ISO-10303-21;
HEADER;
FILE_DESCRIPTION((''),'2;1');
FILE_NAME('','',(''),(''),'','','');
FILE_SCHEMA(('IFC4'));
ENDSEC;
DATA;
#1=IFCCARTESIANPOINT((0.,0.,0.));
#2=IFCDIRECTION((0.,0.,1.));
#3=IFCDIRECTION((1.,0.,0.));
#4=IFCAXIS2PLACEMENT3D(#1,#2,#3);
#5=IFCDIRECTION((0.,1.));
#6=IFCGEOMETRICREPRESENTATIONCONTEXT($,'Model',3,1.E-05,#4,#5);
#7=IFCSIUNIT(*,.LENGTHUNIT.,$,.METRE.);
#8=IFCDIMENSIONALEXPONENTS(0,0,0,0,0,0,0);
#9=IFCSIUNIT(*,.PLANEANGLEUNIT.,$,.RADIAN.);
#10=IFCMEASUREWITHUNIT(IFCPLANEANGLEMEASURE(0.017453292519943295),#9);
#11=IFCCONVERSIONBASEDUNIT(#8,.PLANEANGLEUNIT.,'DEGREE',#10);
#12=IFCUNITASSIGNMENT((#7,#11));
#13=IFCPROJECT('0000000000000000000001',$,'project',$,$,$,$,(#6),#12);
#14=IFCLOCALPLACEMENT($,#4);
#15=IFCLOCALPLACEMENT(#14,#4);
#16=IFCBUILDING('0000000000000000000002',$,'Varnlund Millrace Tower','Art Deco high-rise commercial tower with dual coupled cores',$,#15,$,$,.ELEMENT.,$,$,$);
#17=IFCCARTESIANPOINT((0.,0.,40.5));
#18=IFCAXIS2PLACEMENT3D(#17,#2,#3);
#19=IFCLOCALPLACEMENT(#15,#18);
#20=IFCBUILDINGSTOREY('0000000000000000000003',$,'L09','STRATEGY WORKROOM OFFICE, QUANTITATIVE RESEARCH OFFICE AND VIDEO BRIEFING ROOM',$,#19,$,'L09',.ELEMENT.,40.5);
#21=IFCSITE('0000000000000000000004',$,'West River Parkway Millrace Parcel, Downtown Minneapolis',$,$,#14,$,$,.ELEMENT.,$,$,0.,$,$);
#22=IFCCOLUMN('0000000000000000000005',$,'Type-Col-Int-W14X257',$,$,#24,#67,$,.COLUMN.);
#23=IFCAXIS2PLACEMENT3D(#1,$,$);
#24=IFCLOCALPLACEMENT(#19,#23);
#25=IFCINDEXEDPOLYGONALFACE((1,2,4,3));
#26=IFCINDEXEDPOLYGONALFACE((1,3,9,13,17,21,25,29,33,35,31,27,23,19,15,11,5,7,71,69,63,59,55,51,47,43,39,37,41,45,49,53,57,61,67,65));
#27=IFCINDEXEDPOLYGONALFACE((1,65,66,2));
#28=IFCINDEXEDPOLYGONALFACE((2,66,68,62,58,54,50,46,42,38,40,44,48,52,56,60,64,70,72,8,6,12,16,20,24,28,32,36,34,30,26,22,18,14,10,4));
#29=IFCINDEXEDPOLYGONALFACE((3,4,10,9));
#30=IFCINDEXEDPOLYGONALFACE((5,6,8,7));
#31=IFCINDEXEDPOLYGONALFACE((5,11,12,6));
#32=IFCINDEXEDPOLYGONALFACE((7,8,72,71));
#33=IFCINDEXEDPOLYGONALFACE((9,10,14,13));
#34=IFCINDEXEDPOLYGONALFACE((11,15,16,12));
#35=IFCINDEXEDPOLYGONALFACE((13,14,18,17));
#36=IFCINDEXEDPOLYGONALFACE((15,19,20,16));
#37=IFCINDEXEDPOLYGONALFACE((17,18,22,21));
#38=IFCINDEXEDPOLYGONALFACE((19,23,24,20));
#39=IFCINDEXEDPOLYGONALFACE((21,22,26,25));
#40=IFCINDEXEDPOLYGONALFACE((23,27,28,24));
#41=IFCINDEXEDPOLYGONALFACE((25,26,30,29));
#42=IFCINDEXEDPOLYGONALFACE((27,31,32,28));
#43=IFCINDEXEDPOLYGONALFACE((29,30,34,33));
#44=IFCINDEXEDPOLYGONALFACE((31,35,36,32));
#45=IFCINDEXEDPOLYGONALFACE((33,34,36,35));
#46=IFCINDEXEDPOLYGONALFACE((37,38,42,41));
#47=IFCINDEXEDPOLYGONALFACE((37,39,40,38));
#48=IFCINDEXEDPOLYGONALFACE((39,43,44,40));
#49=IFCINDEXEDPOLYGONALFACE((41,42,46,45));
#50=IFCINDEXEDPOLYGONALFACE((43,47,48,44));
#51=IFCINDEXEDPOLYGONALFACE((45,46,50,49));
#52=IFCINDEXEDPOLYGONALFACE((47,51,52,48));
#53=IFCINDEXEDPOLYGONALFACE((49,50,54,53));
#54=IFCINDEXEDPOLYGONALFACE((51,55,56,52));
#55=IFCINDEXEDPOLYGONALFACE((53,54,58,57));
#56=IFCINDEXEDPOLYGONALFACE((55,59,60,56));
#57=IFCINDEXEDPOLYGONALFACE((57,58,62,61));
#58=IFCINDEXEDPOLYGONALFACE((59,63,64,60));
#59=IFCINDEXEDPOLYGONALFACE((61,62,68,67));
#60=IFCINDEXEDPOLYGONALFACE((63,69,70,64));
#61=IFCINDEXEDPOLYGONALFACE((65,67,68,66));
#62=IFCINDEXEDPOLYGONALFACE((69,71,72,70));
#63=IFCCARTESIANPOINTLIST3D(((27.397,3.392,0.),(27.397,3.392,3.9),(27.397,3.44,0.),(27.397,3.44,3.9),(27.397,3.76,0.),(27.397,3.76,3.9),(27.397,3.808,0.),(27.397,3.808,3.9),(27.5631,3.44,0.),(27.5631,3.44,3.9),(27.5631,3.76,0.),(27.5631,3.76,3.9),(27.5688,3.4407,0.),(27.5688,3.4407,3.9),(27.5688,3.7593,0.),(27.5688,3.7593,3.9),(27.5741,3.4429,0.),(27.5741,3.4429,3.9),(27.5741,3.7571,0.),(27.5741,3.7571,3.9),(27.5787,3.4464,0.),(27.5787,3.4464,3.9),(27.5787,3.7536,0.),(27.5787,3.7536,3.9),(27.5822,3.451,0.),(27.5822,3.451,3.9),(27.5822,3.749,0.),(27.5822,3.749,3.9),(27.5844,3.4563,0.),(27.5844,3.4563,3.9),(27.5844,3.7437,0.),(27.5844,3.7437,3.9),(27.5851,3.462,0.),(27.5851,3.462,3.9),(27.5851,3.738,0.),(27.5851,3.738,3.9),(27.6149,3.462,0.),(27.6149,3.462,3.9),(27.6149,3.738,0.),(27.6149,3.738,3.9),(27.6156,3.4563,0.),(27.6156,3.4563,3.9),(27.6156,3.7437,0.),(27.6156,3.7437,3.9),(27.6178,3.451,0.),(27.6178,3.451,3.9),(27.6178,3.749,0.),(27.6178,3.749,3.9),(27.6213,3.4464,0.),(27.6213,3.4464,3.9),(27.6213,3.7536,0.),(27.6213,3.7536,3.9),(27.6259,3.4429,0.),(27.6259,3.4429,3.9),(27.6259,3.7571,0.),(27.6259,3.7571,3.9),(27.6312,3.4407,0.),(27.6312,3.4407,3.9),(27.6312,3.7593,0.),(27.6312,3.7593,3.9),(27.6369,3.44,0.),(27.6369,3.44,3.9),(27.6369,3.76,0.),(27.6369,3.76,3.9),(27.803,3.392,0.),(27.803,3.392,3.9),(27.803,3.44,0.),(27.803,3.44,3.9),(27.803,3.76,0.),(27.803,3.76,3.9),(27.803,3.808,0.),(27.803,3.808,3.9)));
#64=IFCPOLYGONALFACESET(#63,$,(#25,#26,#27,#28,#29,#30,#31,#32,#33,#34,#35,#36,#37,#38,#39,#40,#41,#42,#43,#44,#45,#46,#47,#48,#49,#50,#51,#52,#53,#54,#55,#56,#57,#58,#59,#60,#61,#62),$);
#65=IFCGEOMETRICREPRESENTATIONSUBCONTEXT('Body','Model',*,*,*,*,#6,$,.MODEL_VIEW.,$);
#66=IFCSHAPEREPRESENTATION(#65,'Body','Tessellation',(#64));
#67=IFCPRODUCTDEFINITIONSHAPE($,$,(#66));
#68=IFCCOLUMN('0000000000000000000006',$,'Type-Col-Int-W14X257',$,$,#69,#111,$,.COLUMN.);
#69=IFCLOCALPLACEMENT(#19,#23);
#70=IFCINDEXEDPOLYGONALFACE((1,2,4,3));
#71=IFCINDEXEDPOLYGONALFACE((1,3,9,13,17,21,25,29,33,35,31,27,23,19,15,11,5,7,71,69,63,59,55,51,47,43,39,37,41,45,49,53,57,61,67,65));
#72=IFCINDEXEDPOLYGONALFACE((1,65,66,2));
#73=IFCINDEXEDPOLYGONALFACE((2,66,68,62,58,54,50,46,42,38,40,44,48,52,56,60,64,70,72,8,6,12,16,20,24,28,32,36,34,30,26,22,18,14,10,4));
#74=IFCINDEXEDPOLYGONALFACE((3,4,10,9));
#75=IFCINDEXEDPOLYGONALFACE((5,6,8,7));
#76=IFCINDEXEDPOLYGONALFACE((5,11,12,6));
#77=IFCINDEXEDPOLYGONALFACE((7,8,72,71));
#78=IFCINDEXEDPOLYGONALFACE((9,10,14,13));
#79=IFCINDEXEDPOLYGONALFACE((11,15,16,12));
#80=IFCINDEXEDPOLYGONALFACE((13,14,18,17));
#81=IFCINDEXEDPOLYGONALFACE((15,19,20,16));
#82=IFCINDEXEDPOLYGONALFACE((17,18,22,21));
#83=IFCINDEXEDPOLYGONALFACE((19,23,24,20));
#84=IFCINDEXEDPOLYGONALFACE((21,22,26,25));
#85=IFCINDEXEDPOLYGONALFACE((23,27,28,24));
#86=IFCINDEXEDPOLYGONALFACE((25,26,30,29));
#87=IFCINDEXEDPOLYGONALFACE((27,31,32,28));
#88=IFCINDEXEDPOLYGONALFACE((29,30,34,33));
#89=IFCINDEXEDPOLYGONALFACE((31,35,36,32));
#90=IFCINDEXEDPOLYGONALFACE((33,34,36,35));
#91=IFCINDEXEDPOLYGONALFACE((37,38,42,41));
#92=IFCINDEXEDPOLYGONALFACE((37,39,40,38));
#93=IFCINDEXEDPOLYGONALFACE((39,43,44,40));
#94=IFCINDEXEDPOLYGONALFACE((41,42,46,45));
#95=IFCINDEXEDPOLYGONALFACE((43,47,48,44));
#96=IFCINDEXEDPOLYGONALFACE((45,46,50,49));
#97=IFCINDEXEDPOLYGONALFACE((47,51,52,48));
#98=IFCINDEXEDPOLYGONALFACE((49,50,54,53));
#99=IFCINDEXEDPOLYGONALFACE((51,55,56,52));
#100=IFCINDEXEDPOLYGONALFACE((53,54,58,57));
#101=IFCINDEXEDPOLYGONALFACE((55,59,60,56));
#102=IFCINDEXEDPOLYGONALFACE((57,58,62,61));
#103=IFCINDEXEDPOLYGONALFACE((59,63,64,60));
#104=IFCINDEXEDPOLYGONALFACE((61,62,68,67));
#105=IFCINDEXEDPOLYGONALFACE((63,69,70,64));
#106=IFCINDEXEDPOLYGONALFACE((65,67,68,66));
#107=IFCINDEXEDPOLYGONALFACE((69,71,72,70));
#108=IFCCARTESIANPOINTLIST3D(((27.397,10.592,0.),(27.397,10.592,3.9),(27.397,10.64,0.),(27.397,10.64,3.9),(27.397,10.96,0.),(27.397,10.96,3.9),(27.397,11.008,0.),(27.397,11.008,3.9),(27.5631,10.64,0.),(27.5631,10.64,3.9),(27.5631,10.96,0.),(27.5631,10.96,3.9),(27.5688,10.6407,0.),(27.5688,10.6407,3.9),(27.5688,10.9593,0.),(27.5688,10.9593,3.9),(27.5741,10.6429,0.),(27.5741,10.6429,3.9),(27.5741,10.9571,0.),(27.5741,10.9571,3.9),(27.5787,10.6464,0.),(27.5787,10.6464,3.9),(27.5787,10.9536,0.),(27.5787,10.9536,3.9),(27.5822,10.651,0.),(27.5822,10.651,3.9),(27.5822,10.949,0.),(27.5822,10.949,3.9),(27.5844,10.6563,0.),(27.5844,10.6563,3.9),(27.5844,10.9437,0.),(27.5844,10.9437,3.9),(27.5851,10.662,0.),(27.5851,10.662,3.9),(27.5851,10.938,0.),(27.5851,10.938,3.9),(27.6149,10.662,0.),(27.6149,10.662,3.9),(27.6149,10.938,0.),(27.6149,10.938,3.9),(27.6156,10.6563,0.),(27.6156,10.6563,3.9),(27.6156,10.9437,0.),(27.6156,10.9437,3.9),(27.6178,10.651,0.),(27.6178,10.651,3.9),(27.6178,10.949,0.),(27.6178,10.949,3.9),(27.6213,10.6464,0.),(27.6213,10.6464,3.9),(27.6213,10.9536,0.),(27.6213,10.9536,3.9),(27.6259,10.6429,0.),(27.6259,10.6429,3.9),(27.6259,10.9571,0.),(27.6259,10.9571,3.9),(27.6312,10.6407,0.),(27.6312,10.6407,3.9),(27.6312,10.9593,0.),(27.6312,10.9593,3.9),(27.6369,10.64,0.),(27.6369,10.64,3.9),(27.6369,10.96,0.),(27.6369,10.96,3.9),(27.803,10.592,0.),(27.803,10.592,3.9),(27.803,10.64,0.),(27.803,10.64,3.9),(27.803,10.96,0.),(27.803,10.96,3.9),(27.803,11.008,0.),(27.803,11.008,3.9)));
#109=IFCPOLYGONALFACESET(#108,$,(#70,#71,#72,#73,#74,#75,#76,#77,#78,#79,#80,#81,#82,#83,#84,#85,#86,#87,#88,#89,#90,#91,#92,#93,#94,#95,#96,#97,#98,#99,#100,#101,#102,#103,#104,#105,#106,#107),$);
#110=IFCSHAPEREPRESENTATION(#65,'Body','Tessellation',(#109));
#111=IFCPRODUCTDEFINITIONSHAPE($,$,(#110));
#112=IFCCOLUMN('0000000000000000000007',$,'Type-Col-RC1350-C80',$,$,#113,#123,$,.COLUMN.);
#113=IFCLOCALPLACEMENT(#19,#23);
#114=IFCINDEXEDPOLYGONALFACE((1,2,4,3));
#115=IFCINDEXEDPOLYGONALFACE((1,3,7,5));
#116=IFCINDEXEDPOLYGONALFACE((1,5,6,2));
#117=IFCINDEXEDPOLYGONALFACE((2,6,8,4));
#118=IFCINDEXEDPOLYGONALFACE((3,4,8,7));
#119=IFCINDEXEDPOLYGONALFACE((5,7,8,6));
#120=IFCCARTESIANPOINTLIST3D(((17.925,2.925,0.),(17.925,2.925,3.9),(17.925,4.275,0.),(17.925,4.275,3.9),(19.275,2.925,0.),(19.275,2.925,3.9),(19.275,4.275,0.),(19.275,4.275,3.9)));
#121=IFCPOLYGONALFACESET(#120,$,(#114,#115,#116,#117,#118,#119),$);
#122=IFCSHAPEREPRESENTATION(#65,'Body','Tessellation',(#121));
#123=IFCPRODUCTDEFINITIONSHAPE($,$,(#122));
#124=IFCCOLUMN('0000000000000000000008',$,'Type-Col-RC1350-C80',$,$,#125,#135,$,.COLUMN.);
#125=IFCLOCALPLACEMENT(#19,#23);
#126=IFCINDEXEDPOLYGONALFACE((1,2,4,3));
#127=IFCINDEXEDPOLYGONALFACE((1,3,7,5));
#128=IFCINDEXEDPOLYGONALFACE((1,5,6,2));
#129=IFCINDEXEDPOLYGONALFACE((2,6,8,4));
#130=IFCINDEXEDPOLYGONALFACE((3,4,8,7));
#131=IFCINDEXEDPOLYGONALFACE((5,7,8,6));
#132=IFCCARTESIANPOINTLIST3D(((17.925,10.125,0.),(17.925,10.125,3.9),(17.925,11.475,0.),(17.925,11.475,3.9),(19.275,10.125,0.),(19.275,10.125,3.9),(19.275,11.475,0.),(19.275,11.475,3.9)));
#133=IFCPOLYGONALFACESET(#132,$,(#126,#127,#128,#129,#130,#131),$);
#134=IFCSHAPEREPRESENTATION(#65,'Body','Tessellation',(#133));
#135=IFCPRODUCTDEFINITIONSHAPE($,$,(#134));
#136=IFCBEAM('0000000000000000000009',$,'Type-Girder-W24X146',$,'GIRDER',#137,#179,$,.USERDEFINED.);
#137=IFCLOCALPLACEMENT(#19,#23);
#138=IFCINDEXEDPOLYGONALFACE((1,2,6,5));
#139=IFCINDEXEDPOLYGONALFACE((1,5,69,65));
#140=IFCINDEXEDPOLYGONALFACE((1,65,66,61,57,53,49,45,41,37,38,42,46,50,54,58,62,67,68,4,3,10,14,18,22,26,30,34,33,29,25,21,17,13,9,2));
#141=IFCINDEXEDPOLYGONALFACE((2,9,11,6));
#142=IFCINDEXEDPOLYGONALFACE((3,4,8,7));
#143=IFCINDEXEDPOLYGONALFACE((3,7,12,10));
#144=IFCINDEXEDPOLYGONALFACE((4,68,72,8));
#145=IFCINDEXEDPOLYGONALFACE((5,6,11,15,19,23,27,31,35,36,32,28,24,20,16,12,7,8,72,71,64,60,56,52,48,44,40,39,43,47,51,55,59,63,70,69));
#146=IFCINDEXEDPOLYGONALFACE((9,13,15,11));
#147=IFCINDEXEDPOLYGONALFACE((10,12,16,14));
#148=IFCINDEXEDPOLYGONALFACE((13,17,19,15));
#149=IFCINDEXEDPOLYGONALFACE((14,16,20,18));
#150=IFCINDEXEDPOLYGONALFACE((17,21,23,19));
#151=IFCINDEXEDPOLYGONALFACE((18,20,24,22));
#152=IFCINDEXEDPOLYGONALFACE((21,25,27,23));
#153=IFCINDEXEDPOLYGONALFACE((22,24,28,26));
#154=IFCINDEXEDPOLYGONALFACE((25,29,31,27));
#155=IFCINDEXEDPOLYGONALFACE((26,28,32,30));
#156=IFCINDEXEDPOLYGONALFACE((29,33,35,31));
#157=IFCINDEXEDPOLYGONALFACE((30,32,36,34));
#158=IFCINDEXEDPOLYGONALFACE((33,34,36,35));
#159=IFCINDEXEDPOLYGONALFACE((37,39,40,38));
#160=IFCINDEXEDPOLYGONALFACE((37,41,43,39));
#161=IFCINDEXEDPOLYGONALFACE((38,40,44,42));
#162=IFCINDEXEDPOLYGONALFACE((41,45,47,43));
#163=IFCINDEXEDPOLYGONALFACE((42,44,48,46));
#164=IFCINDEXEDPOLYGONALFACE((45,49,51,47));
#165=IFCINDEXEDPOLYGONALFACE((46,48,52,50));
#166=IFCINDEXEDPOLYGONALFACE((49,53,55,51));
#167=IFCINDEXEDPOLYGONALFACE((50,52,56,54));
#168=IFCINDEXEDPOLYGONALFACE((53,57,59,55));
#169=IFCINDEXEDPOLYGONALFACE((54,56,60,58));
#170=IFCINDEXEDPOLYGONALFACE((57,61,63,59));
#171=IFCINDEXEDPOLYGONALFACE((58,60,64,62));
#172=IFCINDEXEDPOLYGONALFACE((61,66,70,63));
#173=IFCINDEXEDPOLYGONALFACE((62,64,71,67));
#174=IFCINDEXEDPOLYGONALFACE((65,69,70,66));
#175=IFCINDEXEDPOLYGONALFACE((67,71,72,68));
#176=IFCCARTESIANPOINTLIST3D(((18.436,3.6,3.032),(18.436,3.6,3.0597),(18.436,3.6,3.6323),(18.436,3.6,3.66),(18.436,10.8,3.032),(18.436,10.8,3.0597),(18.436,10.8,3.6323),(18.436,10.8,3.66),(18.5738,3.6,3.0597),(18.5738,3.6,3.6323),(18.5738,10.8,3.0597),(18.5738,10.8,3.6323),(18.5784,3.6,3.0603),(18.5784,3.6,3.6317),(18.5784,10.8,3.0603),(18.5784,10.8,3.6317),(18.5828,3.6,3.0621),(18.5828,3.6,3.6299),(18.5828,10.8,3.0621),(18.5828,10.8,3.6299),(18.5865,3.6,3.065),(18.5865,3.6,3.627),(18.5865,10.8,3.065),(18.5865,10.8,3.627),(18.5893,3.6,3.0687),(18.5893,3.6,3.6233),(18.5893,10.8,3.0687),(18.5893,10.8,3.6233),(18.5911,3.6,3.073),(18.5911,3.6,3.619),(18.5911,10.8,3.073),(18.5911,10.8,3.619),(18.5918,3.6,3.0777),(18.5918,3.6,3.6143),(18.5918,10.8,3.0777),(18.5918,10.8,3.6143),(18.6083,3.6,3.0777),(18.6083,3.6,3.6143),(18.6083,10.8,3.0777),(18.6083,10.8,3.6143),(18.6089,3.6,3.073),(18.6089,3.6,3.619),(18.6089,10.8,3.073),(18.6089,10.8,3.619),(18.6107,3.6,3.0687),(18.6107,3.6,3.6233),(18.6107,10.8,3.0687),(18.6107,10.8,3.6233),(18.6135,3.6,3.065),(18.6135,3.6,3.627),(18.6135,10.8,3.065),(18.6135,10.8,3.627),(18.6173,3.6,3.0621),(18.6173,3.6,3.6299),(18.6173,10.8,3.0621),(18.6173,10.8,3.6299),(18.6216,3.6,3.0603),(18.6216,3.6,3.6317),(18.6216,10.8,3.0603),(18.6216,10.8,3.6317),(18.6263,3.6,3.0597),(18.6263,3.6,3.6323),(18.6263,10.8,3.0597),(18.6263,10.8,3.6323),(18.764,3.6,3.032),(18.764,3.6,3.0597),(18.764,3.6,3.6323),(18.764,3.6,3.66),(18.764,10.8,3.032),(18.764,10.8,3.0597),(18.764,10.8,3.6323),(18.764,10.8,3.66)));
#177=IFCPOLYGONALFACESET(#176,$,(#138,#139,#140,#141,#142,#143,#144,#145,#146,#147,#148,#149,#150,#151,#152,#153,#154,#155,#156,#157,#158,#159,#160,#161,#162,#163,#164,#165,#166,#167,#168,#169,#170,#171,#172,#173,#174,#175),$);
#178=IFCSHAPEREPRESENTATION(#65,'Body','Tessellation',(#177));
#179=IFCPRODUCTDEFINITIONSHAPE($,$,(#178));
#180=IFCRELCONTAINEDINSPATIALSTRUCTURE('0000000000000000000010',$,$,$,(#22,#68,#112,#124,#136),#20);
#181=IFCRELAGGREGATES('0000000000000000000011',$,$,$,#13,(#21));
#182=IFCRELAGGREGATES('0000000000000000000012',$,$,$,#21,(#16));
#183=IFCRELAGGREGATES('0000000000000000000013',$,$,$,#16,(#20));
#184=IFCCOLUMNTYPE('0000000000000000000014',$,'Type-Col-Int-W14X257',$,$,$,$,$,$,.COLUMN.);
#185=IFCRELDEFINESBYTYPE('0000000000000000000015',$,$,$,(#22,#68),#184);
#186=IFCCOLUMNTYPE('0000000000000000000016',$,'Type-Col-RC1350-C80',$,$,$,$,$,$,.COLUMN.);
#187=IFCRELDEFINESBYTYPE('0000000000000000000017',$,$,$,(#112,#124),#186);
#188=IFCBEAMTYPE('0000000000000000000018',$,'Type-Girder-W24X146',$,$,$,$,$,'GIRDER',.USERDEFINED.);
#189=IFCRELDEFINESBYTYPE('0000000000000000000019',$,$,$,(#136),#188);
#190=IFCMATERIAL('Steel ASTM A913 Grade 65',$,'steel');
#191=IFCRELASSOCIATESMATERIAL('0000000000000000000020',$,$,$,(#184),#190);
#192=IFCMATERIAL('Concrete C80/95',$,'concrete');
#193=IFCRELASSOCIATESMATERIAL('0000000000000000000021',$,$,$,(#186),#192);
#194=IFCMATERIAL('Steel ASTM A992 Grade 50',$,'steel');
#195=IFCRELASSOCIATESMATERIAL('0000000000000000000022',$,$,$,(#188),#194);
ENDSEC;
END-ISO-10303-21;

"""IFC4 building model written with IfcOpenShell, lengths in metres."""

from ifc_helpers import new_model, entity, si_unit, converted_unit, direction, frame, origin_with_axes, origin_2d_with_axis, place, context, subcontext, project, spatial, rectangle, i_section, extrude, material, material_profile, profile_set, type_object, element, save


model = new_model("IFC4")

# Units and contexts
model_context = context("Model", 3, precision=1e-05, world=origin_with_axes(), true_north=direction((0.0, 1.0)))
body_context = subcontext(model_context, "Body", "Model", "MODEL_VIEW")
ifc_project = project(units=[si_unit("LENGTHUNIT", "METRE"), converted_unit("PLANEANGLEUNIT", "DEGREE", entity("IfcPlaneAngleMeasure", 0.017453292519943295), si_unit("PLANEANGLEUNIT", "RADIAN"), dimensions=[0, 0, 0, 0, 0, 0, 0])], contexts=[model_context])

# Site, building, storey
site_placement = place(None, origin_with_axes())
site = spatial("IfcSite", under=ifc_project, at=site_placement, Name="West River Parkway Millrace Parcel, Downtown Minneapolis", CompositionType="ELEMENT", RefElevation=0.0)
building_placement = place(site_placement, origin_with_axes())
building = spatial("IfcBuilding", under=site, at=building_placement, Name="Varnlund Millrace Tower", Description="Art Deco high-rise commercial tower with dual coupled cores", CompositionType="ELEMENT")
storey_placement = place(building_placement, frame((0.0, 0.0, 40.5), z_axis=(0.0, 0.0, 1.0), x_axis=(1.0, 0.0, 0.0)))
storey = spatial("IfcBuildingStorey", under=building, at=storey_placement, Name="L09", Description="STRATEGY WORKROOM OFFICE, QUANTITATIVE RESEARCH OFFICE AND VIDEO BRIEFING ROOM", LongName="L09", CompositionType="ELEMENT", Elevation=40.5)

# Columns
ifc_material_1 = material(Name="Steel ASTM A913 Grade 65", Category="steel")
ifc_material_profile_1 = material_profile(ifc_material_1, i_section(OverallWidth=0.406, OverallDepth=0.416, WebThickness=0.0298, FlangeThickness=0.048, FilletRadius=0.022, at=origin_2d_with_axis()), Name="Steel ASTM A913 Grade 65")
ifc_profile_set_1 = profile_set([ifc_material_profile_1], Name="Steel ASTM A913 Grade 65")
column_type_1 = type_object("IfcColumnType", Name="Type-Col-Int-W14X257", PredefinedType="COLUMN", material=ifc_profile_set_1)
for number, where, z_axis, x_axis, name in (
    (1, (27.6, 3.6, 0.0), (0.0, 0.0, 1.0), (1.0, 0.0, 0.0), "Type-Col-Int-W14X257"),
    (2, (27.6, 10.8, 0.0), (0.0, 0.0, 1.0), (1.0, 0.0, 0.0), "Type-Col-Int-W14X257"),
):
    element("IfcColumn", number, at=place(storey_placement, frame(where, z_axis=z_axis, x_axis=x_axis)), inside=storey, type_object=column_type_1, Name=name, PredefinedType="COLUMN", context=body_context, shape_type="SweptSolid", body=[
        extrude(i_section(OverallWidth=0.406, OverallDepth=0.416, WebThickness=0.0298, FlangeThickness=0.048, FilletRadius=0.022, at=origin_2d_with_axis()), origin_with_axes(), (0.0, 0.0, 1.0), 3.9),
    ])
ifc_material_2 = material(Name="Concrete C80/95", Category="concrete")
ifc_material_profile_2 = material_profile(ifc_material_2, rectangle(XDim=1.35, YDim=1.35, at=origin_2d_with_axis()), Name="Concrete C80/95")
ifc_profile_set_2 = profile_set([ifc_material_profile_2], Name="Concrete C80/95")
column_type_2 = type_object("IfcColumnType", Name="Type-Col-RC1350-C80", PredefinedType="COLUMN", material=ifc_profile_set_2)
for number, where, z_axis, x_axis, name in (
    (3, (18.6, 3.6, 0.0), (0.0, 0.0, 1.0), (1.0, 0.0, 0.0), "Type-Col-RC1350-C80"),
    (4, (18.6, 10.8, 0.0), (0.0, 0.0, 1.0), (1.0, 0.0, 0.0), "Type-Col-RC1350-C80"),
):
    element("IfcColumn", number, at=place(storey_placement, frame(where, z_axis=z_axis, x_axis=x_axis)), inside=storey, type_object=column_type_2, Name=name, PredefinedType="COLUMN", context=body_context, shape_type="SweptSolid", body=[
        extrude(rectangle(XDim=1.35, YDim=1.35, at=origin_2d_with_axis()), origin_with_axes(), (0.0, 0.0, 1.0), 3.9),
    ])

# Beam
ifc_material_3 = material(Name="Steel ASTM A992 Grade 50", Category="steel")
ifc_material_profile_3 = material_profile(ifc_material_3, i_section(OverallWidth=0.328, OverallDepth=0.628, WebThickness=0.0165, FlangeThickness=0.0277, FilletRadius=0.018, at=origin_2d_with_axis()), Name="Steel ASTM A992 Grade 50")
ifc_profile_set_3 = profile_set([ifc_material_profile_3], Name="Steel ASTM A992 Grade 50")
beam_type_1 = type_object("IfcBeamType", Name="Type-Girder-W24X146", ElementType="GIRDER", PredefinedType="USERDEFINED", material=ifc_profile_set_3)
beam_1_placement = place(storey_placement, frame((18.6, 3.6, 3.346), z_axis=(0.0, 1.0, 0.0), x_axis=(-1.0, 0.0, 0.0)))
element("IfcBeam", 5, at=beam_1_placement, inside=storey, type_object=beam_type_1, Name="Type-Girder-W24X146", ObjectType="GIRDER", PredefinedType="USERDEFINED", context=body_context, shape_type="SweptSolid", body=[
    extrude(i_section(OverallWidth=0.328, OverallDepth=0.628, WebThickness=0.0165, FlangeThickness=0.0277, FilletRadius=0.018, at=origin_2d_with_axis()), origin_with_axes(), (0.0, 0.0, 1.0), 7.2),
])

save(model, "model.ifc")
